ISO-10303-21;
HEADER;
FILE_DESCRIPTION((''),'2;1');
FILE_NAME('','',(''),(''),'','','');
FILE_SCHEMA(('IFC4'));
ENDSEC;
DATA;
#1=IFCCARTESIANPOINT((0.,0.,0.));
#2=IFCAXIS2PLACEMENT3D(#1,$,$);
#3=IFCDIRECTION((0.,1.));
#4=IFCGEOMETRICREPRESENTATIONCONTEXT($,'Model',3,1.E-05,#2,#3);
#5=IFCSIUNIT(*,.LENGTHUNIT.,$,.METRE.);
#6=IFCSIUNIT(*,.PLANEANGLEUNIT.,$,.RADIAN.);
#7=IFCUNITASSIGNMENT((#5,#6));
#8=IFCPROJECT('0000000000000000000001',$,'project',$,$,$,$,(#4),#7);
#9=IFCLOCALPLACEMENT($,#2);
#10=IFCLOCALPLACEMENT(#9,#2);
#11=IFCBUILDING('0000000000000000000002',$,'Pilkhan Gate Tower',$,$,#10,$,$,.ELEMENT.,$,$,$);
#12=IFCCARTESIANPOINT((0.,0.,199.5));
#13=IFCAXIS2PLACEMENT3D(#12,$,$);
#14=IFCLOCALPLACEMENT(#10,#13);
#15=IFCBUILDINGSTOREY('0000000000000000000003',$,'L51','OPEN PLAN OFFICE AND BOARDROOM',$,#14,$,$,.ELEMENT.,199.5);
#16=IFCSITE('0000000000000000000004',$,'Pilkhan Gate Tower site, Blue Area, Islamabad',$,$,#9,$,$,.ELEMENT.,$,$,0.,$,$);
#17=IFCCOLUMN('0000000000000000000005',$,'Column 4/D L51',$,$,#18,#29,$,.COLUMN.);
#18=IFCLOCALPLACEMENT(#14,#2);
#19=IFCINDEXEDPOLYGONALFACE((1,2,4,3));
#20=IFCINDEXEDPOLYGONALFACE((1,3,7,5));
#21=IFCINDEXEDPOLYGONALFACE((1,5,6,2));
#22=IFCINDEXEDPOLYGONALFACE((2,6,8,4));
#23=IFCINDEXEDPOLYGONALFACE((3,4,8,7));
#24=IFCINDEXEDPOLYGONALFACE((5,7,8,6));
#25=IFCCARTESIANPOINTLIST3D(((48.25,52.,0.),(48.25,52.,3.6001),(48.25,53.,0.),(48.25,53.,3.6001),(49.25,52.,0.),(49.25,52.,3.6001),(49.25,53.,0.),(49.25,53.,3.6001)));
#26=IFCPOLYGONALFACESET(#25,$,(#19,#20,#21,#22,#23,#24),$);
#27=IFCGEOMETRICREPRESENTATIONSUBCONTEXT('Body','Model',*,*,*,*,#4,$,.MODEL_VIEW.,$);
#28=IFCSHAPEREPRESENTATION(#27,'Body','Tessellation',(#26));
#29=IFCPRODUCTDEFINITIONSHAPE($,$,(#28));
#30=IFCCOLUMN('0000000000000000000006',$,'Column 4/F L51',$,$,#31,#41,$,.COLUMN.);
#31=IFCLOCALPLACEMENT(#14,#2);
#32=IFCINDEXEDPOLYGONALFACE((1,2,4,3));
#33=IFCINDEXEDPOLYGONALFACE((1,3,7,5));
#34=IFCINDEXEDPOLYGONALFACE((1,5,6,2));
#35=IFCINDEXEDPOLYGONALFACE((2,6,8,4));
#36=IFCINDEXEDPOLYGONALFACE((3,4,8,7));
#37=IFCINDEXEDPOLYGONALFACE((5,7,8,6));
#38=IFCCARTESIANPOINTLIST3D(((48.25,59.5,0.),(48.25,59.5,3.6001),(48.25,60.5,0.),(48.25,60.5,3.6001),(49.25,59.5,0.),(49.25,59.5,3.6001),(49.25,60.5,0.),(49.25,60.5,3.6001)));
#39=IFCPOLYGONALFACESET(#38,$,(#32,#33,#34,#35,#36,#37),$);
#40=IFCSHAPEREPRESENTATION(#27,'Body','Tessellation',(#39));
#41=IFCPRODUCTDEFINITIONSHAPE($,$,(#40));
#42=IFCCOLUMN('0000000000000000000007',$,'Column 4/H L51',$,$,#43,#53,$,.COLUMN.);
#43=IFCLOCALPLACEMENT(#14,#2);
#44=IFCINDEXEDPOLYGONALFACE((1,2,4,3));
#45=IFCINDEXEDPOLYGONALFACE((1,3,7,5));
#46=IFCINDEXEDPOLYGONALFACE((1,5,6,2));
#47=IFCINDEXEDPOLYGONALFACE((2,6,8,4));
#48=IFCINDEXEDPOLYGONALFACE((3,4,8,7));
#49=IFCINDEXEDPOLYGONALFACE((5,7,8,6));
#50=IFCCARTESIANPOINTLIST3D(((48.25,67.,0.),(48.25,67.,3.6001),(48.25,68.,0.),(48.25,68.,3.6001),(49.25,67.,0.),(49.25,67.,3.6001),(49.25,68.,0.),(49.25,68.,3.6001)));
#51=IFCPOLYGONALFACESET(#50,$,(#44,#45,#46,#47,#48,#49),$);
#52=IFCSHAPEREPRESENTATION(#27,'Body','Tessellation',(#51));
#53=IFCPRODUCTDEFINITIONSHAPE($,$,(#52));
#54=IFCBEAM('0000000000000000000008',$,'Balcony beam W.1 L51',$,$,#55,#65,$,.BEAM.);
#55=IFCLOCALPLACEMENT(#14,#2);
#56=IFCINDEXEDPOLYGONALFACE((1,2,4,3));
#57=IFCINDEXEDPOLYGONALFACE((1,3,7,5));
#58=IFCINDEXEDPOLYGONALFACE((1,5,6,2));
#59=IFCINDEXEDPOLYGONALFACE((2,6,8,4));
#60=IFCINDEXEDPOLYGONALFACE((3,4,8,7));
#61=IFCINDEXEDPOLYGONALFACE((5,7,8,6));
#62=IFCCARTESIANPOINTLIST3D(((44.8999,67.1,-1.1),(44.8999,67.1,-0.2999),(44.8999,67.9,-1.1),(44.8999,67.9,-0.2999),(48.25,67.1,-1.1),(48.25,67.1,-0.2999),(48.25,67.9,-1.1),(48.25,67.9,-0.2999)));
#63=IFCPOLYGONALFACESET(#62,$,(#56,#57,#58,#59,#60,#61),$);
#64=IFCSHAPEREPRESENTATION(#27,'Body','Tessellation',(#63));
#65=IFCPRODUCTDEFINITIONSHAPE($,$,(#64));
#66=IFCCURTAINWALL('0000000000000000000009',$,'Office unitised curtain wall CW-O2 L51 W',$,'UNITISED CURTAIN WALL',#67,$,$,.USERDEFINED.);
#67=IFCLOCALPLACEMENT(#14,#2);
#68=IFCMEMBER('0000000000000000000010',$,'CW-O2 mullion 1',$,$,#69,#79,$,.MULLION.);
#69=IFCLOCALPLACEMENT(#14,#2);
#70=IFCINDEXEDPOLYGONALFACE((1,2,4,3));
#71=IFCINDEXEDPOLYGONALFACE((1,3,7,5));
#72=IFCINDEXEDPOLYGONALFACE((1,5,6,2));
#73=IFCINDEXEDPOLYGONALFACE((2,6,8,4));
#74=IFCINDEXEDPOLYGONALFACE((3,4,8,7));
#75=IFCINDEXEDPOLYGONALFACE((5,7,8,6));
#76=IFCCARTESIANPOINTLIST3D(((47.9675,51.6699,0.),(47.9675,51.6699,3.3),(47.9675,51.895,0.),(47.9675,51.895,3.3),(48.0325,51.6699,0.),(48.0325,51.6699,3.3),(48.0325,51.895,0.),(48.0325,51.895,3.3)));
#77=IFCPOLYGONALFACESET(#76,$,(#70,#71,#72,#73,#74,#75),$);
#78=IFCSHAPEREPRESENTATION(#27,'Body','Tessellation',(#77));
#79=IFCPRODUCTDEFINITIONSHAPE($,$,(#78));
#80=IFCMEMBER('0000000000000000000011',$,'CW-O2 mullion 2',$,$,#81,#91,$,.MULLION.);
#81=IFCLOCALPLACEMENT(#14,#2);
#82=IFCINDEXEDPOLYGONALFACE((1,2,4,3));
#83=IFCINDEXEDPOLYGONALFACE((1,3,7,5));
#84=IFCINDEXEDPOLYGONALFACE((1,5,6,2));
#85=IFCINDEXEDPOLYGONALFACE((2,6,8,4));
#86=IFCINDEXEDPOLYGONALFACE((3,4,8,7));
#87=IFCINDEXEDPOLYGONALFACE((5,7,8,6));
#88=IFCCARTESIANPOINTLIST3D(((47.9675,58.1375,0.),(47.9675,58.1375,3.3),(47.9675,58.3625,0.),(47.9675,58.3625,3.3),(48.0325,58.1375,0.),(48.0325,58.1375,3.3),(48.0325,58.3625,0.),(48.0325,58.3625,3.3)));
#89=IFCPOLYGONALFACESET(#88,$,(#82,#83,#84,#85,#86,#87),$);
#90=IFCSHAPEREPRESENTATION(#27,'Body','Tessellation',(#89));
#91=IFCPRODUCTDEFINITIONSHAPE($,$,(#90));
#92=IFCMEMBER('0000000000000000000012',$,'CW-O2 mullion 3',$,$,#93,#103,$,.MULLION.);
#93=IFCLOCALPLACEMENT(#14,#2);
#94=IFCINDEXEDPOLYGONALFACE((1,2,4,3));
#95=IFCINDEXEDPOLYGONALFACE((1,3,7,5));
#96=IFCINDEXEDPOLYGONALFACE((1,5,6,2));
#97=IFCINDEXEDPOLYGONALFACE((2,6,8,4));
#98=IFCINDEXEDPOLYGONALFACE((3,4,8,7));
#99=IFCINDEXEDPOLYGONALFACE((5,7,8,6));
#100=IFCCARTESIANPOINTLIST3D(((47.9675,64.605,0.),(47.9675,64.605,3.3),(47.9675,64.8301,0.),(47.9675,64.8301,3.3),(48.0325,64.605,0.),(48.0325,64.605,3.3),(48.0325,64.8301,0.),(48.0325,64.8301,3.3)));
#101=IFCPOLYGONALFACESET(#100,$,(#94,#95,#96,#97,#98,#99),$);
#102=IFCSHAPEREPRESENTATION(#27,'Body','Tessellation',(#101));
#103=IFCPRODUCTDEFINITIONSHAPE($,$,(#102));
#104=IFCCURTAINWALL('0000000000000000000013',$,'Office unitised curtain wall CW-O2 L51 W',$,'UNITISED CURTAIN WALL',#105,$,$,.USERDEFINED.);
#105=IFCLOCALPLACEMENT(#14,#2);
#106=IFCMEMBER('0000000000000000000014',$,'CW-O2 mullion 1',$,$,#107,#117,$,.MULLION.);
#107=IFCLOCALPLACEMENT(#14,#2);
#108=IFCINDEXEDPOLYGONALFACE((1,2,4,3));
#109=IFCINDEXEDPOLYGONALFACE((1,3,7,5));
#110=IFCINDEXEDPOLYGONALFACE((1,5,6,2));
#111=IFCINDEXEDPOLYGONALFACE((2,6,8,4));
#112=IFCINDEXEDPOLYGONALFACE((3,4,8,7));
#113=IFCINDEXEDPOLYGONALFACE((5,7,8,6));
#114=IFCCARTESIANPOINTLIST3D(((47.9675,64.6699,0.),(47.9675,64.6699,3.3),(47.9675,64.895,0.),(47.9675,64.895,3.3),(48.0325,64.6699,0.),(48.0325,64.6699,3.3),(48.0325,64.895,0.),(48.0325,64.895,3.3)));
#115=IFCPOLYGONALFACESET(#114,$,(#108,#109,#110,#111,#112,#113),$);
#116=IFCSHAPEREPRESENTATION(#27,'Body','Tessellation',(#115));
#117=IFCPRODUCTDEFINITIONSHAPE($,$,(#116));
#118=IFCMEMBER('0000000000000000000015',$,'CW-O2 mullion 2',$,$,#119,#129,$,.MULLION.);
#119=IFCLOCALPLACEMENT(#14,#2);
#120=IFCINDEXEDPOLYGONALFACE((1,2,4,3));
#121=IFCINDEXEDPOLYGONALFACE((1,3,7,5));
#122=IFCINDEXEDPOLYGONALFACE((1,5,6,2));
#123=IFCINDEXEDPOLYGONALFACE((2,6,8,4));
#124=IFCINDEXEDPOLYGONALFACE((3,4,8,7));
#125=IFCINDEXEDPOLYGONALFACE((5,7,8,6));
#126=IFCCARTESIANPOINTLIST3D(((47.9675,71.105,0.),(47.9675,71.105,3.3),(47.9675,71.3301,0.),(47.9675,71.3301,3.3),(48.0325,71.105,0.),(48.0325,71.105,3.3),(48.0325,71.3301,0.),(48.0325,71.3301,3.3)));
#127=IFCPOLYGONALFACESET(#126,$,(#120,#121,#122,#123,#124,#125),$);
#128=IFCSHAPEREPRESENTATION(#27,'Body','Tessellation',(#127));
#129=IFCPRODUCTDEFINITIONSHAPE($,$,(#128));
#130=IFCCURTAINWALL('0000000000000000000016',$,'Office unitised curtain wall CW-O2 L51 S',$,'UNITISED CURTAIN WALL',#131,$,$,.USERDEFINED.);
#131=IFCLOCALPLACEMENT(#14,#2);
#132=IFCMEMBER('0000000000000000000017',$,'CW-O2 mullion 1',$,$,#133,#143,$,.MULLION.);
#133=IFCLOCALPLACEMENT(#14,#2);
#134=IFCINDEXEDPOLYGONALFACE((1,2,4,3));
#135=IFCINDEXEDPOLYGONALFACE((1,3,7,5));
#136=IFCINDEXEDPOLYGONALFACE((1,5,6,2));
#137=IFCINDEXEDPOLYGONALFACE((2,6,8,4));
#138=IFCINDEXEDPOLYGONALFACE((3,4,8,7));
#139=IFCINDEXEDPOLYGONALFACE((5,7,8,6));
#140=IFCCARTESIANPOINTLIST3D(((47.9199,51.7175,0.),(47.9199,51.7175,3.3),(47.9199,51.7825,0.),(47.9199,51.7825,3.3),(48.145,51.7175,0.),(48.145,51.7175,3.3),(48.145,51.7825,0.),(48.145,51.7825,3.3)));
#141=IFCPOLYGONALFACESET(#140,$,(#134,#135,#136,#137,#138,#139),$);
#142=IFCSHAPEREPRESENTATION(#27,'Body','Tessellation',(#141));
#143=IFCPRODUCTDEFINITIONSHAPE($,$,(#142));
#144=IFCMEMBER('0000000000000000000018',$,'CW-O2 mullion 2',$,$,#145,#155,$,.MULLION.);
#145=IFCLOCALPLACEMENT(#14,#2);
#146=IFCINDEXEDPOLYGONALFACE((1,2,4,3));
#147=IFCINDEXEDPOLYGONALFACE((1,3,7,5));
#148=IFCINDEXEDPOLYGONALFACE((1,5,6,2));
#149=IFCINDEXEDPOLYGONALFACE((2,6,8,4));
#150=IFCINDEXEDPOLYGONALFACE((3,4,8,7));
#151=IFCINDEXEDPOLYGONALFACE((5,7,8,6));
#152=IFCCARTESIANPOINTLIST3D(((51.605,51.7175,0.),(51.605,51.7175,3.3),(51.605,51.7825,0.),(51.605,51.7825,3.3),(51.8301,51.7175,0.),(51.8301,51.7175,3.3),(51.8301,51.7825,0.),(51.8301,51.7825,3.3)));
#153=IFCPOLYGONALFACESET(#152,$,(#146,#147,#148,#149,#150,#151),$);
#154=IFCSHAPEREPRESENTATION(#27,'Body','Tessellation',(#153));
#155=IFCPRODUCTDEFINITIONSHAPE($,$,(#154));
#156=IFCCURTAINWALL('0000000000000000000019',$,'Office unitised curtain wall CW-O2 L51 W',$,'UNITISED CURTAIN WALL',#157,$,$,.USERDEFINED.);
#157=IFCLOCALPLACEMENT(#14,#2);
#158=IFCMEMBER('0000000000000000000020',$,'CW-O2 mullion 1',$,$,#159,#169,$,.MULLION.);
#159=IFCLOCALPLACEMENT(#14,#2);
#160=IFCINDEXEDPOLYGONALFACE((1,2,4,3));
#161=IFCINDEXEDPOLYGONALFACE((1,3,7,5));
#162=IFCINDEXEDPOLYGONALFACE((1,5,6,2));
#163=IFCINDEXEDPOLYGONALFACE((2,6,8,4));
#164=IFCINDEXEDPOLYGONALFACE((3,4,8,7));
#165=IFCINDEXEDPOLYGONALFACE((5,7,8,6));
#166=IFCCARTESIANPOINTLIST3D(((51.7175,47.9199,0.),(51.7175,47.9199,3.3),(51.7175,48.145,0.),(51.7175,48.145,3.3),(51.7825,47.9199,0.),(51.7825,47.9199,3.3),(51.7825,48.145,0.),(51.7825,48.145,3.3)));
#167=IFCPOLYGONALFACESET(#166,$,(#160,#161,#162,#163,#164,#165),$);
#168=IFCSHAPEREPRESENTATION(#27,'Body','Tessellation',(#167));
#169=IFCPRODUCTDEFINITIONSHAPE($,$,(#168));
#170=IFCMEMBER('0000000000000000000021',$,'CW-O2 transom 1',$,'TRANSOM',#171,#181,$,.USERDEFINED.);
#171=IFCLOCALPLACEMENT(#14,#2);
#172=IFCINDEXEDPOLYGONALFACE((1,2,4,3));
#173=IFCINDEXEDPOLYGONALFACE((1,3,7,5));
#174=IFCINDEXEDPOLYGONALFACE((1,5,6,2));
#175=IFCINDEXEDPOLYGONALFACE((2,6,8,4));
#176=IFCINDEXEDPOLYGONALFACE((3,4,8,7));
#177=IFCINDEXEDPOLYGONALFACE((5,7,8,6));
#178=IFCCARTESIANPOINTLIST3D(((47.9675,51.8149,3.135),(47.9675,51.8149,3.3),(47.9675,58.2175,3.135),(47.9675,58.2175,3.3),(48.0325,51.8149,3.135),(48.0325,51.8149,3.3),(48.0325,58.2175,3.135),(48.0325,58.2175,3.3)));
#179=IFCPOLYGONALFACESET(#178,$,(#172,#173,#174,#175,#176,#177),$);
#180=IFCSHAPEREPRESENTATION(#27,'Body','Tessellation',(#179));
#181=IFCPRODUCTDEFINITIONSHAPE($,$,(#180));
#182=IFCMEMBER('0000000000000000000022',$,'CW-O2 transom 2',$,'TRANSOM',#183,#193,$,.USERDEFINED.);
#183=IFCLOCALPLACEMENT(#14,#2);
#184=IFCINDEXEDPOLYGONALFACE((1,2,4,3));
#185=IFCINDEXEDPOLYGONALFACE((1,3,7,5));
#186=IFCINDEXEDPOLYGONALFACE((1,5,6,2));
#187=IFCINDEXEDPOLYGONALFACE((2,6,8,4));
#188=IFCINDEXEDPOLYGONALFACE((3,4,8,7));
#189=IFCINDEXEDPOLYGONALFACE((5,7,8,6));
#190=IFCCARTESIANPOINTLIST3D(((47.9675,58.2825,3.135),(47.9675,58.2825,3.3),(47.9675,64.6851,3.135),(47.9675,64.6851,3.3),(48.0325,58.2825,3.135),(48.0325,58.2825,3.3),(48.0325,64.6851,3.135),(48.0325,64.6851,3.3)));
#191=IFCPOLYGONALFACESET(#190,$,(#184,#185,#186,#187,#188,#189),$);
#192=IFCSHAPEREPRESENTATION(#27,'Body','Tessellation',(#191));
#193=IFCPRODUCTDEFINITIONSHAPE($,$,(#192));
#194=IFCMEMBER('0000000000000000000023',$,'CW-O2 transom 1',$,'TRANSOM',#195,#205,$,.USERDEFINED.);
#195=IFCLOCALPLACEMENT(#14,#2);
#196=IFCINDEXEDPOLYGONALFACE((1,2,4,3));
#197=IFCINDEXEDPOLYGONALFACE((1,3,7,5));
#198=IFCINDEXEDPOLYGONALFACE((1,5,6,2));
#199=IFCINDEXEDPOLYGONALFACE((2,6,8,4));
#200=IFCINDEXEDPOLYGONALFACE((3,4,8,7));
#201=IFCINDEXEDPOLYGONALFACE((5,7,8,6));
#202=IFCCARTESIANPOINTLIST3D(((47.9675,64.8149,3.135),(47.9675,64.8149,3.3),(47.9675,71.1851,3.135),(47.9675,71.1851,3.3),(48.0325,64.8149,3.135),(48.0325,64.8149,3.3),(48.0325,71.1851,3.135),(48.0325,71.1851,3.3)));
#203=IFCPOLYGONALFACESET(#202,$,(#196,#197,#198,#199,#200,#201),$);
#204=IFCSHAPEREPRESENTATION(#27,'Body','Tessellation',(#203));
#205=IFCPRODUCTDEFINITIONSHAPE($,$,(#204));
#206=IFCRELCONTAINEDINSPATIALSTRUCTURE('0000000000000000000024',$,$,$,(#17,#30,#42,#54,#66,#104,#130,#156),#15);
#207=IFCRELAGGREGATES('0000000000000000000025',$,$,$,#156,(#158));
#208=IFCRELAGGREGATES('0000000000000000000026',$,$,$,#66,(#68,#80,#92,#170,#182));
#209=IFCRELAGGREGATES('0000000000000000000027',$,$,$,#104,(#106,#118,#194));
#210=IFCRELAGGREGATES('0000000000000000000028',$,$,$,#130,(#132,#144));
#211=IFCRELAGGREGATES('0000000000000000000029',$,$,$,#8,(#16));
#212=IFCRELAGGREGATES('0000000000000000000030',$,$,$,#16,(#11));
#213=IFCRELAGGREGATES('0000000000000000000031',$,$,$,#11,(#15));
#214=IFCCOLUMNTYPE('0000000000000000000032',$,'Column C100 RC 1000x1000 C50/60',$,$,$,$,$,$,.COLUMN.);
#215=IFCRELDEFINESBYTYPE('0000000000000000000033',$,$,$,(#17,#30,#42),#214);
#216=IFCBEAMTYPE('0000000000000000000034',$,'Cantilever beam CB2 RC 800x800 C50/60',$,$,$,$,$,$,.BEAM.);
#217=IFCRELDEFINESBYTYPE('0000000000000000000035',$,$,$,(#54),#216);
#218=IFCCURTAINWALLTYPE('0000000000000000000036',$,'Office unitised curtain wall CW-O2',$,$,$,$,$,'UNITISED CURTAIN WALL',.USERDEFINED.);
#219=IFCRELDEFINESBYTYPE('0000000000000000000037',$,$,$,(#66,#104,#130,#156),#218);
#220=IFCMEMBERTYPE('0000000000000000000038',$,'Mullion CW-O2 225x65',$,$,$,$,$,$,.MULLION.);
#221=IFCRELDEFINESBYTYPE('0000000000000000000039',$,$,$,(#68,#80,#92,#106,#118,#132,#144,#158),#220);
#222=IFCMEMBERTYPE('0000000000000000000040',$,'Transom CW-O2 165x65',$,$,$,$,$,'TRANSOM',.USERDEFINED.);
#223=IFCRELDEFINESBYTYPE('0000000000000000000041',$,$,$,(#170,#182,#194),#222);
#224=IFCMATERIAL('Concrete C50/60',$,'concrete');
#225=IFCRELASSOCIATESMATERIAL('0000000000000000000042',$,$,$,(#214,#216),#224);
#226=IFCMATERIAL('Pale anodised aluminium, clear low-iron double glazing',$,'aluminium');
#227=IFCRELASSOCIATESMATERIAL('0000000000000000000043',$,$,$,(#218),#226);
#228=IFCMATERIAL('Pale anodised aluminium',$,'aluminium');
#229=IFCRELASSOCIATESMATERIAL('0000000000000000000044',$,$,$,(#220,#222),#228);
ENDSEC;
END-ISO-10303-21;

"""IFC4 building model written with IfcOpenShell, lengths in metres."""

from ifc_helpers import new_model, si_unit, direction, frame, origin, origin_2d, place, context, subcontext, project, spatial, rectangle, extrude, material, material_profile, profile_set, type_object, element, aggregate, save


model = new_model("IFC4")

# Units and contexts
model_context = context("Model", 3, precision=1e-05, world=origin(), true_north=direction((0.0, 1.0)))
body_context = subcontext(model_context, "Body", "Model", "MODEL_VIEW")
ifc_project = project(units=[si_unit("LENGTHUNIT", "METRE"), si_unit("PLANEANGLEUNIT", "RADIAN")], contexts=[model_context])

# Site, building, storey
site_placement = place(None, origin())
site = spatial("IfcSite", under=ifc_project, at=site_placement, Name="Pilkhan Gate Tower site, Blue Area, Islamabad", CompositionType="ELEMENT", RefElevation=0.0)
building_placement = place(site_placement, origin())
building = spatial("IfcBuilding", under=site, at=building_placement, Name="Pilkhan Gate Tower", CompositionType="ELEMENT")
storey_placement = place(building_placement, frame((0.0, 0.0, 199.5)))
storey = spatial("IfcBuildingStorey", under=building, at=storey_placement, Name="L51", Description="OPEN PLAN OFFICE AND BOARDROOM", CompositionType="ELEMENT", Elevation=199.5)

# Columns
ifc_material_1 = material(Name="Concrete C50/60", Category="concrete")
ifc_material_profile_1 = material_profile(ifc_material_1, rectangle(XDim=1.0, YDim=1.0, at=origin_2d()), Name="RC 1000x1000")
ifc_profile_set_1 = profile_set([ifc_material_profile_1], Name="Concrete C50/60")
column_type = type_object("IfcColumnType", Name="Column C100 RC 1000x1000 C50/60", PredefinedType="COLUMN", material=ifc_profile_set_1)
for number, where, z_axis, x_axis, name in (
    (1, (48.75, 52.5, 0.0), (0.0, 0.0, 1.0), (1.0, 0.0, 0.0), "Column 4/D L51"),
    (2, (48.75, 60.0, 0.0), (0.0, 0.0, 1.0), (1.0, 0.0, 0.0), "Column 4/F L51"),
    (3, (48.75, 67.5, 0.0), (0.0, 0.0, 1.0), (1.0, 0.0, 0.0), "Column 4/H L51"),
):
    element("IfcColumn", number, at=place(storey_placement, frame(where, z_axis=z_axis, x_axis=x_axis)), inside=storey, type_object=column_type, Name=name, PredefinedType="COLUMN", context=body_context, shape_type="SweptSolid", body=[
        extrude(rectangle(XDim=1.0, YDim=1.0, at=origin_2d()), origin(), (0.0, 0.0, 1.0), 3.6001),
    ])

# Beam
ifc_material_profile_2 = material_profile(ifc_material_1, rectangle(XDim=0.8, YDim=0.8, at=origin_2d()), Name="RC 800x800")
ifc_profile_set_2 = profile_set([ifc_material_profile_2], Name="Concrete C50/60")
beam_type = type_object("IfcBeamType", Name="Cantilever beam CB2 RC 800x800 C50/60", PredefinedType="BEAM", material=ifc_profile_set_2)
beam_placement = place(storey_placement, frame((48.25, 67.5, -0.7), z_axis=(-1.0, 0.0, 0.0), x_axis=(0.0, -1.0, 0.0)))
element("IfcBeam", 4, at=beam_placement, inside=storey, type_object=beam_type, Name="Balcony beam W.1 L51", PredefinedType="BEAM", context=body_context, shape_type="SweptSolid", body=[
    extrude(rectangle(XDim=0.8, YDim=0.8, at=origin_2d()), origin(), (0.0, 0.0, 1.0), 3.3501),
])

# Curtain walls, members
ifc_material_2 = material(Name="Pale anodised aluminium, clear low-iron double glazing", Category="aluminium")
curtain_wall_type = type_object("IfcCurtainWallType", Name="Office unitised curtain wall CW-O2", ElementType="UNITISED CURTAIN WALL", PredefinedType="USERDEFINED", material=ifc_material_2)
curtain_wall_1_placement = place(storey_placement, origin())
curtain_wall_1 = element("IfcCurtainWall", 5, at=curtain_wall_1_placement, inside=storey, type_object=curtain_wall_type, Name="Office unitised curtain wall CW-O2 L51 W", ObjectType="UNITISED CURTAIN WALL", PredefinedType="USERDEFINED")
ifc_material_3 = material(Name="Pale anodised aluminium", Category="aluminium")
ifc_material_profile_3 = material_profile(ifc_material_3, rectangle(XDim=0.0649, YDim=0.2251, at=origin_2d()), Name="Mullion 225x65")
ifc_profile_set_3 = profile_set([ifc_material_profile_3], Name="Pale anodised aluminium")
member_type_1 = type_object("IfcMemberType", Name="Mullion CW-O2 225x65", PredefinedType="MULLION", material=ifc_profile_set_3)
member_1_placement = place(storey_placement, frame((48.0, 51.7825, 0.0), z_axis=(0.0, 0.0, 1.0), x_axis=(-1.0, 0.0, 0.0)))
member_1 = element("IfcMember", 6, at=member_1_placement, type_object=member_type_1, Name="CW-O2 mullion 1", PredefinedType="MULLION", context=body_context, shape_type="SweptSolid", body=[
    extrude(rectangle(XDim=0.0649, YDim=0.2251, at=origin_2d()), origin(), (0.0, 0.0, 1.0), 3.3),
])
member_2_placement = place(storey_placement, frame((48.0, 58.25, 0.0), z_axis=(0.0, 0.0, 1.0), x_axis=(-1.0, 0.0, 0.0)))
member_2 = element("IfcMember", 7, at=member_2_placement, type_object=member_type_1, Name="CW-O2 mullion 2", PredefinedType="MULLION", context=body_context, shape_type="SweptSolid", body=[
    extrude(rectangle(XDim=0.0649, YDim=0.2251, at=origin_2d()), origin(), (0.0, 0.0, 1.0), 3.3),
])
member_3_placement = place(storey_placement, frame((48.0, 64.7175, 0.0), z_axis=(0.0, 0.0, 1.0), x_axis=(-1.0, 0.0, 0.0)))
member_3 = element("IfcMember", 8, at=member_3_placement, type_object=member_type_1, Name="CW-O2 mullion 3", PredefinedType="MULLION", context=body_context, shape_type="SweptSolid", body=[
    extrude(rectangle(XDim=0.0649, YDim=0.2251, at=origin_2d()), origin(), (0.0, 0.0, 1.0), 3.3),
])
curtain_wall_2_placement = place(storey_placement, origin())
curtain_wall_2 = element("IfcCurtainWall", 9, at=curtain_wall_2_placement, inside=storey, type_object=curtain_wall_type, Name="Office unitised curtain wall CW-O2 L51 W", ObjectType="UNITISED CURTAIN WALL", PredefinedType="USERDEFINED")
member_4_placement = place(storey_placement, frame((48.0, 64.7825, 0.0), z_axis=(0.0, 0.0, 1.0), x_axis=(-1.0, 0.0, 0.0)))
member_4 = element("IfcMember", 10, at=member_4_placement, type_object=member_type_1, Name="CW-O2 mullion 1", PredefinedType="MULLION", context=body_context, shape_type="SweptSolid", body=[
    extrude(rectangle(XDim=0.0649, YDim=0.2251, at=origin_2d()), origin(), (0.0, 0.0, 1.0), 3.3),
])
member_5_placement = place(storey_placement, frame((48.0, 71.2175, 0.0), z_axis=(0.0, 0.0, 1.0), x_axis=(-1.0, 0.0, 0.0)))
member_5 = element("IfcMember", 11, at=member_5_placement, type_object=member_type_1, Name="CW-O2 mullion 2", PredefinedType="MULLION", context=body_context, shape_type="SweptSolid", body=[
    extrude(rectangle(XDim=0.0649, YDim=0.2251, at=origin_2d()), origin(), (0.0, 0.0, 1.0), 3.3),
])
curtain_wall_3_placement = place(storey_placement, origin())
curtain_wall_3 = element("IfcCurtainWall", 12, at=curtain_wall_3_placement, inside=storey, type_object=curtain_wall_type, Name="Office unitised curtain wall CW-O2 L51 S", ObjectType="UNITISED CURTAIN WALL", PredefinedType="USERDEFINED")
member_6_placement = place(storey_placement, frame((48.0325, 51.75, 0.0), z_axis=(0.0, 0.0, 1.0), x_axis=(0.0, 1.0, 0.0)))
member_6 = element("IfcMember", 13, at=member_6_placement, type_object=member_type_1, Name="CW-O2 mullion 1", PredefinedType="MULLION", context=body_context, shape_type="SweptSolid", body=[
    extrude(rectangle(XDim=0.0649, YDim=0.2251, at=origin_2d()), origin(), (0.0, 0.0, 1.0), 3.3),
])
member_7_placement = place(storey_placement, frame((51.7175, 51.75, 0.0), z_axis=(0.0, 0.0, 1.0), x_axis=(0.0, 1.0, 0.0)))
member_7 = element("IfcMember", 14, at=member_7_placement, type_object=member_type_1, Name="CW-O2 mullion 2", PredefinedType="MULLION", context=body_context, shape_type="SweptSolid", body=[
    extrude(rectangle(XDim=0.0649, YDim=0.2251, at=origin_2d()), origin(), (0.0, 0.0, 1.0), 3.3),
])

# Curtain wall, member
curtain_wall_4_placement = place(storey_placement, origin())
curtain_wall_4 = element("IfcCurtainWall", 15, at=curtain_wall_4_placement, inside=storey, type_object=curtain_wall_type, Name="Office unitised curtain wall CW-O2 L51 W", ObjectType="UNITISED CURTAIN WALL", PredefinedType="USERDEFINED")
member_8_placement = place(storey_placement, frame((51.75, 48.0325, 0.0), z_axis=(0.0, 0.0, 1.0), x_axis=(-1.0, 0.0, 0.0)))
member_8 = element("IfcMember", 16, at=member_8_placement, type_object=member_type_1, Name="CW-O2 mullion 1", PredefinedType="MULLION", context=body_context, shape_type="SweptSolid", body=[
    extrude(rectangle(XDim=0.0649, YDim=0.2251, at=origin_2d()), origin(), (0.0, 0.0, 1.0), 3.3),
])
aggregate(curtain_wall_4, [member_8])

# Members
ifc_material_profile_4 = material_profile(ifc_material_3, rectangle(XDim=0.0649, YDim=0.165, at=origin_2d()), Name="Transom 165x65")
ifc_profile_set_4 = profile_set([ifc_material_profile_4], Name="Pale anodised aluminium")
member_type_2 = type_object("IfcMemberType", Name="Transom CW-O2 165x65", ElementType="TRANSOM", PredefinedType="USERDEFINED", material=ifc_profile_set_4)
member_9_placement = place(storey_placement, frame((48.0, 51.8149, 3.2175), z_axis=(0.0, 1.0, 0.0), x_axis=(-1.0, 0.0, 0.0)))
member_9 = element("IfcMember", 17, at=member_9_placement, type_object=member_type_2, Name="CW-O2 transom 1", ObjectType="TRANSOM", PredefinedType="USERDEFINED", context=body_context, shape_type="SweptSolid", body=[
    extrude(rectangle(XDim=0.0649, YDim=0.165, at=origin_2d()), origin(), (0.0, 0.0, 1.0), 6.4026),
])
member_10_placement = place(storey_placement, frame((48.0, 58.2825, 3.2175), z_axis=(0.0, 1.0, 0.0), x_axis=(-1.0, 0.0, 0.0)))
member_10 = element("IfcMember", 18, at=member_10_placement, type_object=member_type_2, Name="CW-O2 transom 2", ObjectType="TRANSOM", PredefinedType="USERDEFINED", context=body_context, shape_type="SweptSolid", body=[
    extrude(rectangle(XDim=0.0649, YDim=0.165, at=origin_2d()), origin(), (0.0, 0.0, 1.0), 6.4026),
])
member_11_placement = place(storey_placement, frame((48.0, 64.8149, 3.2175), z_axis=(0.0, 1.0, 0.0), x_axis=(-1.0, 0.0, 0.0)))
member_11 = element("IfcMember", 19, at=member_11_placement, type_object=member_type_2, Name="CW-O2 transom 1", ObjectType="TRANSOM", PredefinedType="USERDEFINED", context=body_context, shape_type="SweptSolid", body=[
    extrude(rectangle(XDim=0.0649, YDim=0.165, at=origin_2d()), origin(), (0.0, 0.0, 1.0), 6.3701),
])

aggregate(curtain_wall_1, [member_1, member_2, member_3, member_9, member_10])
aggregate(curtain_wall_2, [member_4, member_5, member_11])
aggregate(curtain_wall_3, [member_6, member_7])

save(model, "model.ifc")
